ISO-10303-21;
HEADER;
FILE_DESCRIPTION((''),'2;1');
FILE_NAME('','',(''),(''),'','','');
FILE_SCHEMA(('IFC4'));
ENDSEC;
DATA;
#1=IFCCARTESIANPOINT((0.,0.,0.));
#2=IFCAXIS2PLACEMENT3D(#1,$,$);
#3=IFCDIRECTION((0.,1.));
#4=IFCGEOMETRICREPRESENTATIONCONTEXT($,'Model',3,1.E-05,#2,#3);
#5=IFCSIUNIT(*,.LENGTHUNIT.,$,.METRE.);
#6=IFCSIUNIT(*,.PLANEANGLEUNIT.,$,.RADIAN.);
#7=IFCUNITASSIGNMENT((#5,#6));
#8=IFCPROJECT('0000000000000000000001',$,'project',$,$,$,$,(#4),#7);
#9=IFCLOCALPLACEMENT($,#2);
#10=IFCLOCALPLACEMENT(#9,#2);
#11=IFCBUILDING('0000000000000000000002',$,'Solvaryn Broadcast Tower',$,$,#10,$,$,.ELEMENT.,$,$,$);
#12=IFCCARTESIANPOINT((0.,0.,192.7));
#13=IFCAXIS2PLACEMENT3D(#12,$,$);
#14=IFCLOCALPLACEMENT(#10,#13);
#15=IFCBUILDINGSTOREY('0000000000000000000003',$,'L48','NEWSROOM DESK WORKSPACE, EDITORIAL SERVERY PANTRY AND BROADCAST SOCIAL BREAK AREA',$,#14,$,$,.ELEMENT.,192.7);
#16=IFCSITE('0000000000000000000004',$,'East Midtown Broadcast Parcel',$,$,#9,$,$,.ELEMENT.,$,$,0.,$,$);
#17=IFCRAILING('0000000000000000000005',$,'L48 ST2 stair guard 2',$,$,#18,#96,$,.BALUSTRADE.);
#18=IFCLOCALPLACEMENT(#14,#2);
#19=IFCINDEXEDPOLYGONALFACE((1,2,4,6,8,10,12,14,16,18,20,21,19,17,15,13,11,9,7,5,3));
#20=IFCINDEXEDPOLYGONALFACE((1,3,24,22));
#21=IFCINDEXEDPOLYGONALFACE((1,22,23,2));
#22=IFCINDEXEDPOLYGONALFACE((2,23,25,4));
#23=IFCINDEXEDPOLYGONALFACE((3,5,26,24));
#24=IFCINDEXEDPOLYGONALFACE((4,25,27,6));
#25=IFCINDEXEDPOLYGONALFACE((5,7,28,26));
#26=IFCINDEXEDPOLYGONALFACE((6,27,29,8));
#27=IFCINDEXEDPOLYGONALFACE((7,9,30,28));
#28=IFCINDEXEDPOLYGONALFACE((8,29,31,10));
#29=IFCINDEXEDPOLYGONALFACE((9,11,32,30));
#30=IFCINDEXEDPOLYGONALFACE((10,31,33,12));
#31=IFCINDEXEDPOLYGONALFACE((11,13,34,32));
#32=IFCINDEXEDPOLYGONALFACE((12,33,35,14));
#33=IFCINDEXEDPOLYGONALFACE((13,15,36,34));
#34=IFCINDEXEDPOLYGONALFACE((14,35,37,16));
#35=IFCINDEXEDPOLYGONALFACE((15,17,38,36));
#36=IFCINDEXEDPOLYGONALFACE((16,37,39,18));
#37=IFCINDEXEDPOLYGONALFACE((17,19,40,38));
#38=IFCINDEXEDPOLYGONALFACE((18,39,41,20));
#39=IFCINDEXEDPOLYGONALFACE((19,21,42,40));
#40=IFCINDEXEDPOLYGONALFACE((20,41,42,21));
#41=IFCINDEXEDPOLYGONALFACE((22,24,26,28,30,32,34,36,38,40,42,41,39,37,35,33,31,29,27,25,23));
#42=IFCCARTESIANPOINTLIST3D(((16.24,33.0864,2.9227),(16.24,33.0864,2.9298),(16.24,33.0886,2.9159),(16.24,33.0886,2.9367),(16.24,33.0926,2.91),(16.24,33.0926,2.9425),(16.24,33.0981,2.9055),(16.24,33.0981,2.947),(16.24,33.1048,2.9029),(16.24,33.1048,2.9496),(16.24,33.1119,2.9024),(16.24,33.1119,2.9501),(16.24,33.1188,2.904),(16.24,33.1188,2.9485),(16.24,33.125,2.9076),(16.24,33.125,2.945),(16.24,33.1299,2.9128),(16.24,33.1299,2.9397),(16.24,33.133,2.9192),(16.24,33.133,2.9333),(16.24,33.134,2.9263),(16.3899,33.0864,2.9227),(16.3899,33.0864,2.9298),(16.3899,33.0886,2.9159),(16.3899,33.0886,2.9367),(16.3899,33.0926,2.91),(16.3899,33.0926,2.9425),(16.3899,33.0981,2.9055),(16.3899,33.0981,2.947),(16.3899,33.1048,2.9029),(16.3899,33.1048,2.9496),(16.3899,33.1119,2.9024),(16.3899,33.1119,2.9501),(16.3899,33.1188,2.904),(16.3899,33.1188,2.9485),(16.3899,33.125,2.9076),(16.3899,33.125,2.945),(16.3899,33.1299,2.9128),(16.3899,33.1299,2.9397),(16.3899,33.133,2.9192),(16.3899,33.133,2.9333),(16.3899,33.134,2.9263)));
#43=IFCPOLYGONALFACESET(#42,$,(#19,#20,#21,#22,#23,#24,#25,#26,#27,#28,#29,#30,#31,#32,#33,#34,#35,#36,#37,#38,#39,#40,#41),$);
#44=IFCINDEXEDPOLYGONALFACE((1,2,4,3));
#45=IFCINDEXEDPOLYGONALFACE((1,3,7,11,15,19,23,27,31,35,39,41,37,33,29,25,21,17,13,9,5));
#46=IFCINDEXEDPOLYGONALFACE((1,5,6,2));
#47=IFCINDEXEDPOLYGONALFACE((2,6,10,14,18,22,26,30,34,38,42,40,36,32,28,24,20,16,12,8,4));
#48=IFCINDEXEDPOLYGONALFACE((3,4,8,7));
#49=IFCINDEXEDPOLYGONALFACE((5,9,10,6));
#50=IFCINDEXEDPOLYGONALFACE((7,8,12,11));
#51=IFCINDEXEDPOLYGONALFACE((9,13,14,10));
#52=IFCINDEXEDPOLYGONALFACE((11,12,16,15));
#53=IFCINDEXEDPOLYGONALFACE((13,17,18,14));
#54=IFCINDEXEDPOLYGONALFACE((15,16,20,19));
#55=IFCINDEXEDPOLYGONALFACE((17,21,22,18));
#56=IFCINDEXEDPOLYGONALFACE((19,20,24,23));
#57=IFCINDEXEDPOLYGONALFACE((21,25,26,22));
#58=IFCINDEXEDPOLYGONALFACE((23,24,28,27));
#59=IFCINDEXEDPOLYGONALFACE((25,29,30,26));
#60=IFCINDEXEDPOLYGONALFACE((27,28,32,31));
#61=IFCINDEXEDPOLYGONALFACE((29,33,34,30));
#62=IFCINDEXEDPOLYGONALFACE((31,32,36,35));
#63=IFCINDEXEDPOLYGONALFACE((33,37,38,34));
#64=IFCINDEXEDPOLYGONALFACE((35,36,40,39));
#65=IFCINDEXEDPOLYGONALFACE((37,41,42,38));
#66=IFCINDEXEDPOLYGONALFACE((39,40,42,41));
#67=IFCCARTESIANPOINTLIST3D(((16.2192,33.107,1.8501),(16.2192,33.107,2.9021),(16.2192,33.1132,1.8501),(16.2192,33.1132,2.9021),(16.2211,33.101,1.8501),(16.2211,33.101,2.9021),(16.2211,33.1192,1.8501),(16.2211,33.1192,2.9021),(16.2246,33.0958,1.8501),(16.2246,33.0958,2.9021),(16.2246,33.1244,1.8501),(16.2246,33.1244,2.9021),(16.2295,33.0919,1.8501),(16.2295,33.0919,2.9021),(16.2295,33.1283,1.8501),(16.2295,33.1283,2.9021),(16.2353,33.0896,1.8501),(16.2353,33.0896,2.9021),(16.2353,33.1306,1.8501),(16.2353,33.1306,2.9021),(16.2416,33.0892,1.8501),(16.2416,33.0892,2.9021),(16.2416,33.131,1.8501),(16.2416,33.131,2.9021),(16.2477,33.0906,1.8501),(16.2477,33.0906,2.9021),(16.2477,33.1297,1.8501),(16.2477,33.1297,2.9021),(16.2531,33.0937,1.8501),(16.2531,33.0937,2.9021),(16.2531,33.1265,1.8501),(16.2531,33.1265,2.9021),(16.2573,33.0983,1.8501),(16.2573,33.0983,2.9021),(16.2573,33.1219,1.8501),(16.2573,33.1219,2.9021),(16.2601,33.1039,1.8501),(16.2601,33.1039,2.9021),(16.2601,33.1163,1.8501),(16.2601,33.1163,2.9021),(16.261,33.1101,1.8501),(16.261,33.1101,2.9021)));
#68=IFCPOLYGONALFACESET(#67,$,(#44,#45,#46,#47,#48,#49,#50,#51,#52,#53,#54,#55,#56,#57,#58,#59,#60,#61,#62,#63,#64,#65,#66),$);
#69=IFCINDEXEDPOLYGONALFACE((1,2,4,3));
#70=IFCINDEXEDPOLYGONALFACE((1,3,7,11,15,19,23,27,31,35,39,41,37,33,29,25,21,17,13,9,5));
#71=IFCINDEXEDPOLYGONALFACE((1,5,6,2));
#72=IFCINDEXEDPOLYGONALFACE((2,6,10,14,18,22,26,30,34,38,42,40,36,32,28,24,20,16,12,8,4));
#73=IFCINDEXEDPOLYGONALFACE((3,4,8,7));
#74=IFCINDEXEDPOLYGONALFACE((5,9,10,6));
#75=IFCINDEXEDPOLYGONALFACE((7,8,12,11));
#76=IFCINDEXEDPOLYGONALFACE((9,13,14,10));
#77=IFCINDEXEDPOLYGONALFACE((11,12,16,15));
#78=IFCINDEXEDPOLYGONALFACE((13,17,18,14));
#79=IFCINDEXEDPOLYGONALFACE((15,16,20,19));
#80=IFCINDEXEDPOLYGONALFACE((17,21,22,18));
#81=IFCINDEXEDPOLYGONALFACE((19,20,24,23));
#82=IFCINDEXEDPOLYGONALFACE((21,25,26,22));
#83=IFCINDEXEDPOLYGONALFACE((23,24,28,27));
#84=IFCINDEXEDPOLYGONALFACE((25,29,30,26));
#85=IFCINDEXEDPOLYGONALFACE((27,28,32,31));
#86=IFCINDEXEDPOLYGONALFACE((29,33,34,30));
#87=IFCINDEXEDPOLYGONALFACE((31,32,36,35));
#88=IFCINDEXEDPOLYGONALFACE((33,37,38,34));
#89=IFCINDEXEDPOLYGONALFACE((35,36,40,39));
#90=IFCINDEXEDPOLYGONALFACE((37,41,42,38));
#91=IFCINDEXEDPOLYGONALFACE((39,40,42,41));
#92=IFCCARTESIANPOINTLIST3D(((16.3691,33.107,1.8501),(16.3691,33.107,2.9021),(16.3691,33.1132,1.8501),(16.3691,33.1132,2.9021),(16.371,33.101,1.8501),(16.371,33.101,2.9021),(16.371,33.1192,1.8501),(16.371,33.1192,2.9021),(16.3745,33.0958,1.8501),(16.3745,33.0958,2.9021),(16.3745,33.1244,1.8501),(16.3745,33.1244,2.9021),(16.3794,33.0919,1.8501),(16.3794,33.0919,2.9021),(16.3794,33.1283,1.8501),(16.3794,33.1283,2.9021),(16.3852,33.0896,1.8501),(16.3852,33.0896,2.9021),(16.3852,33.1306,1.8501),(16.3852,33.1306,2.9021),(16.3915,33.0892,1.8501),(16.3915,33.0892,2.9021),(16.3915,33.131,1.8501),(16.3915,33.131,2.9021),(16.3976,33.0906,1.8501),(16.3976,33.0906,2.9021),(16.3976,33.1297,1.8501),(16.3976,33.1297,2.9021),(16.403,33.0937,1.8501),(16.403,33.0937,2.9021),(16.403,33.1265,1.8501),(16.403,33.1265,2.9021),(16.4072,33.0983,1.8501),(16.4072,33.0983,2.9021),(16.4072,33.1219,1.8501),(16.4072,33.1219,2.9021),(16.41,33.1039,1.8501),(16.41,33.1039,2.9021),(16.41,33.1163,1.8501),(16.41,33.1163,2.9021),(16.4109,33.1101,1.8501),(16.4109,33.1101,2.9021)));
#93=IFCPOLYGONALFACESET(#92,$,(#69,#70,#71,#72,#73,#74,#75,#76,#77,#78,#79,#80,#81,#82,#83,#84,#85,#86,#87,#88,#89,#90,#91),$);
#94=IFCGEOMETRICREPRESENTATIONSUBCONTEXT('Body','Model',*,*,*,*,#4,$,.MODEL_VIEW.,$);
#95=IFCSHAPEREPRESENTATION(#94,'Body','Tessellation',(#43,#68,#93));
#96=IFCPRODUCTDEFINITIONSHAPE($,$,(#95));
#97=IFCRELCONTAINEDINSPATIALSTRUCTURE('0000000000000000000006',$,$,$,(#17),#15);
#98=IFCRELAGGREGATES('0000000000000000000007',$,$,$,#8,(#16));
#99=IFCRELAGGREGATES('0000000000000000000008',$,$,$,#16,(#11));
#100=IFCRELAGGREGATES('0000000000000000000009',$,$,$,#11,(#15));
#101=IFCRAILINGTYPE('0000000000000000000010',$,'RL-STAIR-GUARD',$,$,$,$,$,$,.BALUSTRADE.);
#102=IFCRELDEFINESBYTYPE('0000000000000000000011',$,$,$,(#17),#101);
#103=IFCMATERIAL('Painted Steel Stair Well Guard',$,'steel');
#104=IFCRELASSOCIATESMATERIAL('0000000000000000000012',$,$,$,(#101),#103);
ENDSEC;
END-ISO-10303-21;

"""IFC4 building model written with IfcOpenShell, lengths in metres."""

from ifc_helpers import new_model, si_unit, direction, frame, origin, origin_2d, place, context, subcontext, project, spatial, circle, extrude, material, type_object, element, save


model = new_model("IFC4")

# Units and contexts
model_context = context("Model", 3, precision=1e-05, world=origin(), true_north=direction((0.0, 1.0)))
body_context = subcontext(model_context, "Body", "Model", "MODEL_VIEW")
ifc_project = project(units=[si_unit("LENGTHUNIT", "METRE"), si_unit("PLANEANGLEUNIT", "RADIAN")], contexts=[model_context])

# Site, building, storey
site_placement = place(None, origin())
site = spatial("IfcSite", under=ifc_project, at=site_placement, Name="East Midtown Broadcast Parcel", CompositionType="ELEMENT", RefElevation=0.0)
building_placement = place(site_placement, origin())
building = spatial("IfcBuilding", under=site, at=building_placement, Name="Solvaryn Broadcast Tower", CompositionType="ELEMENT")
storey_placement = place(building_placement, frame((0.0, 0.0, 192.7)))
storey = spatial("IfcBuildingStorey", under=building, at=storey_placement, Name="L48", Description="NEWSROOM DESK WORKSPACE, EDITORIAL SERVERY PANTRY AND BROADCAST SOCIAL BREAK AREA", CompositionType="ELEMENT", Elevation=192.7)

# Railing
ifc_material_1 = material(Name="Painted Steel Stair Well Guard", Category="steel")
railing_type_1 = type_object("IfcRailingType", Name="RL-STAIR-GUARD", PredefinedType="BALUSTRADE", material=ifc_material_1)
railing_1_placement = place(storey_placement, frame((16.24, 33.1101, 1.8501)))
element("IfcRailing", 1, at=railing_1_placement, inside=storey, type_object=railing_type_1, Name="L48 ST2 stair guard 2", PredefinedType="BALUSTRADE", context=body_context, shape_type="SweptSolid", body=[
    extrude(circle(Radius=0.0239, at=origin_2d()), frame((0.0, 0.0, 1.0762), z_axis=(1.0, 0.0, 0.0), x_axis=(0.0, 1.0, 0.0)), (0.0, 0.0, 1.0), 0.1499),
    extrude(circle(Radius=0.021, at=origin_2d()), origin(), (0.0, 0.0, 1.0), 1.052),
    extrude(circle(Radius=0.021, at=origin_2d()), frame((0.1499, 0.0, 0.0)), (0.0, 0.0, 1.0), 1.052),
])

save(model, "model.ifc")
